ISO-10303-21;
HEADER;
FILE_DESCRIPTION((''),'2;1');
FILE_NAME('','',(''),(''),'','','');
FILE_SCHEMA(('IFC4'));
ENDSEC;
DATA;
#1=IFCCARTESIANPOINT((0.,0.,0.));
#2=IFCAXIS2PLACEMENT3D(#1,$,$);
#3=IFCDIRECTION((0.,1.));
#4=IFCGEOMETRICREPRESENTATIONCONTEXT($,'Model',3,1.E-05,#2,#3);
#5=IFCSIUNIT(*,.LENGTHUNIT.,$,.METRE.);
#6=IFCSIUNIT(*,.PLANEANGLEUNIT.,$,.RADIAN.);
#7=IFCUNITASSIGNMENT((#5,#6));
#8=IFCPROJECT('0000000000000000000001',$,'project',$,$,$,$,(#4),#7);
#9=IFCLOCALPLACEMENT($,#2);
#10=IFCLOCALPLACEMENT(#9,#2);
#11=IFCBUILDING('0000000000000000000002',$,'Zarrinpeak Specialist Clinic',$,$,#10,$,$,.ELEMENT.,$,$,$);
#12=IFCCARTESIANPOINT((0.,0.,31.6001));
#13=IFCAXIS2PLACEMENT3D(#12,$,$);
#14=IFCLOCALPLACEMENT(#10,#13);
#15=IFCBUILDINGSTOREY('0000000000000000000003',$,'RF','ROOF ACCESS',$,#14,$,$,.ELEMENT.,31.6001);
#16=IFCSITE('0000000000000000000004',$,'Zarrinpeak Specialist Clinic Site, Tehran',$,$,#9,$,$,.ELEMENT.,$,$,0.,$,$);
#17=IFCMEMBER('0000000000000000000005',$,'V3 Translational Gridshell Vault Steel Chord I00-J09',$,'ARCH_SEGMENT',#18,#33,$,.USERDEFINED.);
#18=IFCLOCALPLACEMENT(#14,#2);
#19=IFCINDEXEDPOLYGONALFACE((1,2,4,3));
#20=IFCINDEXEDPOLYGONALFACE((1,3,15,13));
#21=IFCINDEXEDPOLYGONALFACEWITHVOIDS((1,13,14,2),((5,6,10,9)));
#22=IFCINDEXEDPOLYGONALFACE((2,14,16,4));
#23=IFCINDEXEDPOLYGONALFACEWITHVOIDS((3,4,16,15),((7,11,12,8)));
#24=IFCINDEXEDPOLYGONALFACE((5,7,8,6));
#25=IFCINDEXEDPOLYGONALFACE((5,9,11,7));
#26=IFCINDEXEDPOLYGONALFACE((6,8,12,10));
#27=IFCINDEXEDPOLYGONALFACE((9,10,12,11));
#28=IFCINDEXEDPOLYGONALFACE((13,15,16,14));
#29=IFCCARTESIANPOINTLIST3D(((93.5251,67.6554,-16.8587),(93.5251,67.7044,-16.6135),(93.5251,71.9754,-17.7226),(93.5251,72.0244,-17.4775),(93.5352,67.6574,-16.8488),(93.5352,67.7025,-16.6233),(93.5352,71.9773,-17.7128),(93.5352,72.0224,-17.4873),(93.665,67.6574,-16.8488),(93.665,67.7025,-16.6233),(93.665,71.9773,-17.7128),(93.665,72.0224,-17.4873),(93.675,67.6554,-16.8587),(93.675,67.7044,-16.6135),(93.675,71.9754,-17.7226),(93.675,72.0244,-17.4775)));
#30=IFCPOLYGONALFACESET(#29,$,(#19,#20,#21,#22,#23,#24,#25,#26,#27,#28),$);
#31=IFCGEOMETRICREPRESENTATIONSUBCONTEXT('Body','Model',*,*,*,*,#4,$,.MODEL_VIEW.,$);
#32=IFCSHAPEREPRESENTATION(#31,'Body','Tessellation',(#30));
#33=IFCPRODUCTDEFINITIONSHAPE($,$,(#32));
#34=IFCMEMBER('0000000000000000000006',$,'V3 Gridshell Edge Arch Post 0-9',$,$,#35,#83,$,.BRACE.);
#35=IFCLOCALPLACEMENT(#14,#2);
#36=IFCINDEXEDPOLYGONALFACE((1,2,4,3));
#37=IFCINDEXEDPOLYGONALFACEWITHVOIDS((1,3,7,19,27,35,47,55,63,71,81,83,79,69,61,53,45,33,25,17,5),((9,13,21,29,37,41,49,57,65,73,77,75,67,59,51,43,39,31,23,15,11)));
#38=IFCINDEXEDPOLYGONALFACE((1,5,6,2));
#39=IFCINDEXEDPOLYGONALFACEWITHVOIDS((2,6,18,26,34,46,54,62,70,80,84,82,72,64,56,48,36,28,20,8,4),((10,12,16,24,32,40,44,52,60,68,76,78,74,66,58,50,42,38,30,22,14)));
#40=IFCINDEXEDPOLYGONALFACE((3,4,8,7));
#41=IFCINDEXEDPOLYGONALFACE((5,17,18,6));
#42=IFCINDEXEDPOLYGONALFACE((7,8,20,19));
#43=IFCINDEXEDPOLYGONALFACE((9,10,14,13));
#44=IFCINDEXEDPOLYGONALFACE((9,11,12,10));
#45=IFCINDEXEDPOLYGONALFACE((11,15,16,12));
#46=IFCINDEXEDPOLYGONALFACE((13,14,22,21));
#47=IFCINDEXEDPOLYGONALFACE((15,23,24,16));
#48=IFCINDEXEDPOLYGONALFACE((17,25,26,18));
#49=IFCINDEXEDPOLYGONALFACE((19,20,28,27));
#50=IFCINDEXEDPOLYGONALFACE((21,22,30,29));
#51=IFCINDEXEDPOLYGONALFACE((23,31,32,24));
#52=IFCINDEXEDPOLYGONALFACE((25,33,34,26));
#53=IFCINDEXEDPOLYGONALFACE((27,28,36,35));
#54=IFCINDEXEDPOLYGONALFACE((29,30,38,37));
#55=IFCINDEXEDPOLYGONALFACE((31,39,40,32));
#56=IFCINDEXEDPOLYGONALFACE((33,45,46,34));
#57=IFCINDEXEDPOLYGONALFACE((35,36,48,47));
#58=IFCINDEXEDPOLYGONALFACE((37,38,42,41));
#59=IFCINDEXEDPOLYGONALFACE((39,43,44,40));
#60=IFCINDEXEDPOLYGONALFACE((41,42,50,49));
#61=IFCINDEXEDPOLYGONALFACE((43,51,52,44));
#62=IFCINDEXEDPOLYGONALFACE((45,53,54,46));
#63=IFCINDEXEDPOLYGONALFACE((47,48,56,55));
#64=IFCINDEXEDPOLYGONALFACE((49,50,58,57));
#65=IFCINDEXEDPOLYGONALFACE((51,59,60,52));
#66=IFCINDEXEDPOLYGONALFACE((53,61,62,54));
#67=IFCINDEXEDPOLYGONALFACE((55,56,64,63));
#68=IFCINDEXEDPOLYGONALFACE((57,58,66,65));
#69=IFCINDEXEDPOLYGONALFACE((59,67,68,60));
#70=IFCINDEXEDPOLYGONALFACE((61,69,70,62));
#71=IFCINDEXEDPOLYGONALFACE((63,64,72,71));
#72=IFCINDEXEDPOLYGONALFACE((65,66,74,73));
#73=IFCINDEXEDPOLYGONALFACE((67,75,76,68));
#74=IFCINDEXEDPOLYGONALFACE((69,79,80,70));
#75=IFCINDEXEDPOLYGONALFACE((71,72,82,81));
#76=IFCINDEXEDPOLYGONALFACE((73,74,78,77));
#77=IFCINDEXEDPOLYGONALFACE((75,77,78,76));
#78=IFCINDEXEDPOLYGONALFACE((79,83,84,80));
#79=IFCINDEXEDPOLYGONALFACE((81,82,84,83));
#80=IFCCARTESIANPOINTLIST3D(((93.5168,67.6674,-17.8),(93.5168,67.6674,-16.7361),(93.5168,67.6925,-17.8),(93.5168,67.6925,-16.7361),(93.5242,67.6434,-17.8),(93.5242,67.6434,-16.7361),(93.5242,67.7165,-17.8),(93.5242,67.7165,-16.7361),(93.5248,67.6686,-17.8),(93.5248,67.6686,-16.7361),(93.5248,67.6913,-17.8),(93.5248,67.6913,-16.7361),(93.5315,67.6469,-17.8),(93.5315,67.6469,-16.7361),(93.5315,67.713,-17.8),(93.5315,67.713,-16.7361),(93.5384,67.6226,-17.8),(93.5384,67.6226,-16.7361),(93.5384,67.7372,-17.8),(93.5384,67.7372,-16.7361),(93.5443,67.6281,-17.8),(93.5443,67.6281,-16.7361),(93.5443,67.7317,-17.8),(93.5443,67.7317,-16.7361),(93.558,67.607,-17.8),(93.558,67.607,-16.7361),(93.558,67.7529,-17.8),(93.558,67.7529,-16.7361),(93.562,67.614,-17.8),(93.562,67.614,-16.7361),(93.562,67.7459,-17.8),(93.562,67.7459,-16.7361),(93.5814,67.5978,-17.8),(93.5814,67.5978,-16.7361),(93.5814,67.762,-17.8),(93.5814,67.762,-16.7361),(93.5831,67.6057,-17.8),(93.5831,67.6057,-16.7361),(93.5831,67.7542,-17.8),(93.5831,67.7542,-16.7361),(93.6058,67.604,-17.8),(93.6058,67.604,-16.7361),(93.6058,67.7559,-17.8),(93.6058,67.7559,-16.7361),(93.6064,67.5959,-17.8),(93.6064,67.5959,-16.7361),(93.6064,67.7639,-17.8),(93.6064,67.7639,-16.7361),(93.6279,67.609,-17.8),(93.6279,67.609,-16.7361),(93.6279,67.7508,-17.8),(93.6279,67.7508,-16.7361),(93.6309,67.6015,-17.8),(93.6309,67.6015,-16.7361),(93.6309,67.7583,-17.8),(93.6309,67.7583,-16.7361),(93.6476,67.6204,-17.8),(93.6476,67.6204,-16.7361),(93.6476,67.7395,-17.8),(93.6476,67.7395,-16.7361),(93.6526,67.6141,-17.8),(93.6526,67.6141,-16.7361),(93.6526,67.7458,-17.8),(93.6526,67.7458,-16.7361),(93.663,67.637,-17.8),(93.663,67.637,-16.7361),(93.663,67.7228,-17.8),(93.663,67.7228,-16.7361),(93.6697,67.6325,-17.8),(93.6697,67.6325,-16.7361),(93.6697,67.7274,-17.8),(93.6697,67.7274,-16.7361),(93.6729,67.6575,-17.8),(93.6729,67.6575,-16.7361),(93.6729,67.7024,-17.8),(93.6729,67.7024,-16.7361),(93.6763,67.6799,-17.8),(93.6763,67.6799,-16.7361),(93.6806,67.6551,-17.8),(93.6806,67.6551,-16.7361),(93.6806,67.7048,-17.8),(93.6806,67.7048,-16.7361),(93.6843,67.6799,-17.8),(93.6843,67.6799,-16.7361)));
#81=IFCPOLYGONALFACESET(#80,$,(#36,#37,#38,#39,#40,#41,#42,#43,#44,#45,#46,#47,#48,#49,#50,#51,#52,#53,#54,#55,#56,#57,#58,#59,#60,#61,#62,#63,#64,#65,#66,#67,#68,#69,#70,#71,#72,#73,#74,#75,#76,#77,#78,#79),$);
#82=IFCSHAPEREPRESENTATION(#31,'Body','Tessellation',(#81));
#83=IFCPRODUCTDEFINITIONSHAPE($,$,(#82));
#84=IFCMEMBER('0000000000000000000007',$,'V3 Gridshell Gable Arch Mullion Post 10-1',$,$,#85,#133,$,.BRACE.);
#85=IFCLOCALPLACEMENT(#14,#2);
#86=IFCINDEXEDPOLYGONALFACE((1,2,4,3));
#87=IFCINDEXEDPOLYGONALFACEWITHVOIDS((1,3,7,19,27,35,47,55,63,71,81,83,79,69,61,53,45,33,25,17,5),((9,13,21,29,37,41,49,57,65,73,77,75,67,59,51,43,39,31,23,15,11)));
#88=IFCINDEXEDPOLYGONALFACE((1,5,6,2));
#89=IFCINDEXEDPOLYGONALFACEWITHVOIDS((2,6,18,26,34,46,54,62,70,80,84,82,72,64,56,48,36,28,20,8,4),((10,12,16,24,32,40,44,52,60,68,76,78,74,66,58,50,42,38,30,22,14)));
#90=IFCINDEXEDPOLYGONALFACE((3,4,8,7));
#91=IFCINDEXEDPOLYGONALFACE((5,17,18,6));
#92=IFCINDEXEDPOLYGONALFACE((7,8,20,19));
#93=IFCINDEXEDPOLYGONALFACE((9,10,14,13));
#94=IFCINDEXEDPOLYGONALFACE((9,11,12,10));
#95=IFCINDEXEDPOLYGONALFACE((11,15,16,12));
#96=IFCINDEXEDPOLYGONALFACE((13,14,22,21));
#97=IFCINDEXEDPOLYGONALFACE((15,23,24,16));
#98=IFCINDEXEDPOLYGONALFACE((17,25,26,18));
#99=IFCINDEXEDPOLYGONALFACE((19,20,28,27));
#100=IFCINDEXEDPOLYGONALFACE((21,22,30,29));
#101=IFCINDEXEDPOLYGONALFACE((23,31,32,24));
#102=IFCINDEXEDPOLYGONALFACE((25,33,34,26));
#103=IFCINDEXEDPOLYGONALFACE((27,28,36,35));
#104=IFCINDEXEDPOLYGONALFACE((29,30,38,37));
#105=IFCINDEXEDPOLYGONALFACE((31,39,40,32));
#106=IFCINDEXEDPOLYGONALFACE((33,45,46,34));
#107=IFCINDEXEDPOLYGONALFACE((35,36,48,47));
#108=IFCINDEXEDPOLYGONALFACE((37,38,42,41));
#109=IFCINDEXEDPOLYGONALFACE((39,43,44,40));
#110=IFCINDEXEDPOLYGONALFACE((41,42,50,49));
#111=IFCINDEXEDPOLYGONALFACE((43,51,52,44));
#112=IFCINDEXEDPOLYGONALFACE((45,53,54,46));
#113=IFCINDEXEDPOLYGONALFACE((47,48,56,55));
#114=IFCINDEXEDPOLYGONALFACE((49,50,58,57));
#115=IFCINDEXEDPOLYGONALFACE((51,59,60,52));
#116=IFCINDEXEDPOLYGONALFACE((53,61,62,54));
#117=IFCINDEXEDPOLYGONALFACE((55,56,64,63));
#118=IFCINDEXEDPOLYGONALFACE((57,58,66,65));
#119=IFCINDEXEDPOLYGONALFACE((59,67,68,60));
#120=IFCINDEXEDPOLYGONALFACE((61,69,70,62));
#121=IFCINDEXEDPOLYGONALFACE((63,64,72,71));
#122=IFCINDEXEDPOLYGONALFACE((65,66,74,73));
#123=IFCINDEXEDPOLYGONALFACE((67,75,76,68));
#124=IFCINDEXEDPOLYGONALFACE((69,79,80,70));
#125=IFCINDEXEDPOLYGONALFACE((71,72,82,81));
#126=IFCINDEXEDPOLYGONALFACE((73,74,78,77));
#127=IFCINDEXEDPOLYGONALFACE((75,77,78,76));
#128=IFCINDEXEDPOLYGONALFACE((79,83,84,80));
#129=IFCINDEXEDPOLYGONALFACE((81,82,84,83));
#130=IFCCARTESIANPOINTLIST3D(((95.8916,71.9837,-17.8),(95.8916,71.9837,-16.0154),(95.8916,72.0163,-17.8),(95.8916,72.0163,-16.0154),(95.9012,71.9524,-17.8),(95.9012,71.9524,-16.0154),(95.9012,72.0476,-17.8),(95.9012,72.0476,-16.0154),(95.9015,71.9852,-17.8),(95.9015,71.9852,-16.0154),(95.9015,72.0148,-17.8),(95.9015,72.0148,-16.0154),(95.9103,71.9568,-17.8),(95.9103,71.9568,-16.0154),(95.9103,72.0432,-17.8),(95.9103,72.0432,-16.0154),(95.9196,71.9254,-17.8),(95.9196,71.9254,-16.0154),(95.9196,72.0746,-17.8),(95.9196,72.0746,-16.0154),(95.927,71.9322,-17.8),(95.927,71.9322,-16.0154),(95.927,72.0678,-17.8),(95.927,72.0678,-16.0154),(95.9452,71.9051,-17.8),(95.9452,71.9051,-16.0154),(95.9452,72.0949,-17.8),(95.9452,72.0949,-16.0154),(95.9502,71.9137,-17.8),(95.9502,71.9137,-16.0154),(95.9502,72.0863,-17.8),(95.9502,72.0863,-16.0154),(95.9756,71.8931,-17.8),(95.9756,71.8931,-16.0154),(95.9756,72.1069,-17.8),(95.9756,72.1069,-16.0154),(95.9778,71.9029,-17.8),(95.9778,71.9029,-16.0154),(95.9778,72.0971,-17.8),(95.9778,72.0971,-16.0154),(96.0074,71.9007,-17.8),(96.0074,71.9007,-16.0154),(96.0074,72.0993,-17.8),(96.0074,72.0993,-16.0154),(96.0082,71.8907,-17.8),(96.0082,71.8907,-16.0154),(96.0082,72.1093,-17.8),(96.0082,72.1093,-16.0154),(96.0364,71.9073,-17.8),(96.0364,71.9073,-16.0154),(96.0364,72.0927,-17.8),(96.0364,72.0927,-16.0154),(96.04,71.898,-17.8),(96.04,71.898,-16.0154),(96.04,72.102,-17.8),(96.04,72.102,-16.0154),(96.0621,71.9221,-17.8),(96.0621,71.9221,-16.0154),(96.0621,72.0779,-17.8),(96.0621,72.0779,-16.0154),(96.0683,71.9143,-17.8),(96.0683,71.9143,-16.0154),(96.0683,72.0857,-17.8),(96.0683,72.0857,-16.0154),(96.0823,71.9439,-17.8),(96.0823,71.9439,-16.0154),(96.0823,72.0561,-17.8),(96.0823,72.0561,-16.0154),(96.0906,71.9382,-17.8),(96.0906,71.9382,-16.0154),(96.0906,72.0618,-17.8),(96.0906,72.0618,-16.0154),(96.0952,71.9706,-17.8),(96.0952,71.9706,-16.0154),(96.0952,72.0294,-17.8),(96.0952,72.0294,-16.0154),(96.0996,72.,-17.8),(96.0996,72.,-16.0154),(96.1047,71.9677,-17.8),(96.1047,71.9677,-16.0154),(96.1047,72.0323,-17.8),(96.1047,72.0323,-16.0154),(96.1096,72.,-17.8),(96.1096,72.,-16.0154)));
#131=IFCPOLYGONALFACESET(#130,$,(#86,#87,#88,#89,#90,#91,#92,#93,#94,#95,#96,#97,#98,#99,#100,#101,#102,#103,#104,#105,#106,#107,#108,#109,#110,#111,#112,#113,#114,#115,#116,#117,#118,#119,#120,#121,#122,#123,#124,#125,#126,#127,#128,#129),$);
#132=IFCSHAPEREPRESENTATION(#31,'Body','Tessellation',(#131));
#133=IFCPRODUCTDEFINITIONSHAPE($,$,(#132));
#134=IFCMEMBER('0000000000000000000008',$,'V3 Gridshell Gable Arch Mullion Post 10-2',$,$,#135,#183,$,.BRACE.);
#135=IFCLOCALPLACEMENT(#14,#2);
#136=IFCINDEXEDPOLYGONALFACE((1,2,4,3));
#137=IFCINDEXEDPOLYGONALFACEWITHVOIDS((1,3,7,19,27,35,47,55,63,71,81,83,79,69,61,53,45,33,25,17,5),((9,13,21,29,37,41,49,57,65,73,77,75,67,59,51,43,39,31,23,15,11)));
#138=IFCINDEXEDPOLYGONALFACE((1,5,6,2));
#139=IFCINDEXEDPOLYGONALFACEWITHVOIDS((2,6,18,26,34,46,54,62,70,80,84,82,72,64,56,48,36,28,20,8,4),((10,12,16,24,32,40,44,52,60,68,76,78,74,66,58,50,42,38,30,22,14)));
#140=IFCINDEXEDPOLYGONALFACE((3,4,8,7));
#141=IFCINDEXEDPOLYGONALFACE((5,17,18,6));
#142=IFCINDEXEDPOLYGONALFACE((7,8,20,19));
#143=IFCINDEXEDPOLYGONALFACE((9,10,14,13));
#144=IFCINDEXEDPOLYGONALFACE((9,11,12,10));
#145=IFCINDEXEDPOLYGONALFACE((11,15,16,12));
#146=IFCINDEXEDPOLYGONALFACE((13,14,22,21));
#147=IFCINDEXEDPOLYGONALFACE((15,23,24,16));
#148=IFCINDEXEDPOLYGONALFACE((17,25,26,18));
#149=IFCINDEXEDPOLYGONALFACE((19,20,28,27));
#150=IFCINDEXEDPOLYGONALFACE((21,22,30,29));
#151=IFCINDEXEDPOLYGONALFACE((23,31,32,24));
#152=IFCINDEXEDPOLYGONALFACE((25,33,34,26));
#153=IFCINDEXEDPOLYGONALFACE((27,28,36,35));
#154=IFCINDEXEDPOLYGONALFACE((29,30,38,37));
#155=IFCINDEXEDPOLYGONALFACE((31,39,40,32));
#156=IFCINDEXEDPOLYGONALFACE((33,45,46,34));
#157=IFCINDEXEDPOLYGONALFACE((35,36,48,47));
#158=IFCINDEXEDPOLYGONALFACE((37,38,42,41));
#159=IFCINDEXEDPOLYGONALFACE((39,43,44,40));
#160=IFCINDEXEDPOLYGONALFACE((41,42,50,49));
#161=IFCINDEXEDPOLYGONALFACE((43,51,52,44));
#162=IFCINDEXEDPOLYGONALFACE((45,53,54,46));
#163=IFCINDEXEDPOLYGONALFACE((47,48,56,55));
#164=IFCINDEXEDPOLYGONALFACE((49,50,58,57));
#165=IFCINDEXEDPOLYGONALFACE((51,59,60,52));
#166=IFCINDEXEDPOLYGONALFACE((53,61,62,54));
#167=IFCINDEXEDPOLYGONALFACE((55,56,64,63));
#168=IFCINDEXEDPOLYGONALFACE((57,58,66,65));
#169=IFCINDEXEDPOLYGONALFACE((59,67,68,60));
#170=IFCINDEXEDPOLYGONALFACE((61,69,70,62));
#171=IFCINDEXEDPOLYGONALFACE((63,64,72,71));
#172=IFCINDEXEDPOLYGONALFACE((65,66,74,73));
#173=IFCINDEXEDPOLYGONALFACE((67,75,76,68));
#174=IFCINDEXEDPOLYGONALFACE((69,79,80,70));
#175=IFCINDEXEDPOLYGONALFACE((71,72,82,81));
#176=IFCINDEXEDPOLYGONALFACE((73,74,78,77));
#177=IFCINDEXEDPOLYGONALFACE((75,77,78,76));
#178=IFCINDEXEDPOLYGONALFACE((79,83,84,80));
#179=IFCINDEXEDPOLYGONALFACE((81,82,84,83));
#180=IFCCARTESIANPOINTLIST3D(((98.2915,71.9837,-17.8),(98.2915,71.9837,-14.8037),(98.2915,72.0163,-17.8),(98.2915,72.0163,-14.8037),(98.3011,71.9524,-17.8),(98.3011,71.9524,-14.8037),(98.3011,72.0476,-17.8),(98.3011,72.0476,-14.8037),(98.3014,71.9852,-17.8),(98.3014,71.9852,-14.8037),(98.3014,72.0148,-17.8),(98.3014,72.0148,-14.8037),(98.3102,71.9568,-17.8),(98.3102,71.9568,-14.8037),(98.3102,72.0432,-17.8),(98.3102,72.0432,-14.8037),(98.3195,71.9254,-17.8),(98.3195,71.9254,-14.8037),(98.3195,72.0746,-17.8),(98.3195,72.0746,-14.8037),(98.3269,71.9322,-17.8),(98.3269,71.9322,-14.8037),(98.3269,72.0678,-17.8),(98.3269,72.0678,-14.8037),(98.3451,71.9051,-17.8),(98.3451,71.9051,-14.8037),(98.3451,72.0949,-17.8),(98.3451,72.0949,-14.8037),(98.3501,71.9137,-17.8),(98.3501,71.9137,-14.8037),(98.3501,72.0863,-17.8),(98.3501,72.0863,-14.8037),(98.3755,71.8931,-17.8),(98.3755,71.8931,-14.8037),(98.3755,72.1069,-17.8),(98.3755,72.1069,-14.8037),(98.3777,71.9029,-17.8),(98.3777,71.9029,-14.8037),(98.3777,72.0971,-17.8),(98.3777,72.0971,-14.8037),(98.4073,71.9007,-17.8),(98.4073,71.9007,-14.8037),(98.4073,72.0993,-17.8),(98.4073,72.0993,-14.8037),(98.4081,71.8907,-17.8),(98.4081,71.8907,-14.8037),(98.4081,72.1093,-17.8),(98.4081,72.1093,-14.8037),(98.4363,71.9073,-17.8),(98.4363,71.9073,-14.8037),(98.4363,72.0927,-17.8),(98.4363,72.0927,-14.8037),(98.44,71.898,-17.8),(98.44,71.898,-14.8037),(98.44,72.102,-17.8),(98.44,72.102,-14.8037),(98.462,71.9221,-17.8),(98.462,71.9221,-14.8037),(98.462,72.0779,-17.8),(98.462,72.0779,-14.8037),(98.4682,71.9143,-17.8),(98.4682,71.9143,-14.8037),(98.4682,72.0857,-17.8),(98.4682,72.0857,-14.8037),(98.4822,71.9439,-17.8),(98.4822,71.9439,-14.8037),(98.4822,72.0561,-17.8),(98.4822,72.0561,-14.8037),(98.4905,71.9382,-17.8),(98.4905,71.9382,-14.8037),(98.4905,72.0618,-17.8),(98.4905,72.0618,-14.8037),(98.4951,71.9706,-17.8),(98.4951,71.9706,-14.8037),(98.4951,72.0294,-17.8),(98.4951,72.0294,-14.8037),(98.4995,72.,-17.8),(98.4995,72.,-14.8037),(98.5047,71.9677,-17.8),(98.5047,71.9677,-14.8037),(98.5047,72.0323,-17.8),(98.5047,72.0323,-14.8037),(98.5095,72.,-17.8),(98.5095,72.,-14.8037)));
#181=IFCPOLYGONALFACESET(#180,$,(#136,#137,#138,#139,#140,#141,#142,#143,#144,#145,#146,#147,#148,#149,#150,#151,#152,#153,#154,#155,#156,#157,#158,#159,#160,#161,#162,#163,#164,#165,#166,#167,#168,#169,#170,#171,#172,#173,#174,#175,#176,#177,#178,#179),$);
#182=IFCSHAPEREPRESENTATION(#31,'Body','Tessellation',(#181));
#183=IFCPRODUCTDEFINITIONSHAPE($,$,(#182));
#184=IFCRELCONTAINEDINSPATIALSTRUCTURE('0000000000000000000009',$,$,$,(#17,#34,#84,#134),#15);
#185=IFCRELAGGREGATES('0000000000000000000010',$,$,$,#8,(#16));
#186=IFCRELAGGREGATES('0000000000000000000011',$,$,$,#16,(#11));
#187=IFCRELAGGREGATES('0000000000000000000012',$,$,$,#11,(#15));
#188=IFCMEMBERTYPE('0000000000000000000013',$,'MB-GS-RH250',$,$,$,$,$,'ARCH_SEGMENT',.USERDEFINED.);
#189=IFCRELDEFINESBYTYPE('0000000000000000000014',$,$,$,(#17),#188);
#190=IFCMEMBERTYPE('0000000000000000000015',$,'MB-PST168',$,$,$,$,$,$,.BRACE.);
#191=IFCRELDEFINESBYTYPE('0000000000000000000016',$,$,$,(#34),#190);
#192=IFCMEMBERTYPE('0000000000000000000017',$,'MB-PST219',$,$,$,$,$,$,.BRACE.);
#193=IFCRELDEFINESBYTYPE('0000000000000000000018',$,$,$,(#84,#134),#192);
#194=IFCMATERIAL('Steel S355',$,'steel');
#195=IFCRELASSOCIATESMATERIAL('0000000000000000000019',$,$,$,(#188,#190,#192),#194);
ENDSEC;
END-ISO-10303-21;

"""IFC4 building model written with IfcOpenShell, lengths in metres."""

from ifc_helpers import new_model, si_unit, direction, frame, origin, origin_2d, place, context, subcontext, project, spatial, hollow_rectangle, hollow_circle, extrude, material, material_profile, profile_set, type_object, element, save


model = new_model("IFC4")

# Units and contexts
model_context = context("Model", 3, precision=1e-05, world=origin(), true_north=direction((0.0, 1.0)))
body_context = subcontext(model_context, "Body", "Model", "MODEL_VIEW")
ifc_project = project(units=[si_unit("LENGTHUNIT", "METRE"), si_unit("PLANEANGLEUNIT", "RADIAN")], contexts=[model_context])

# Site, building, storey
site_placement = place(None, origin())
site = spatial("IfcSite", under=ifc_project, at=site_placement, Name="Zarrinpeak Specialist Clinic Site, Tehran", CompositionType="ELEMENT", RefElevation=0.0)
building_placement = place(site_placement, origin())
building = spatial("IfcBuilding", under=site, at=building_placement, Name="Zarrinpeak Specialist Clinic", CompositionType="ELEMENT")
storey_placement = place(building_placement, frame((0.0, 0.0, 31.6001)))
storey = spatial("IfcBuildingStorey", under=building, at=storey_placement, Name="RF", Description="ROOF ACCESS", CompositionType="ELEMENT", Elevation=31.6001)

# Members
ifc_material_1 = material(Name="Steel S355", Category="steel")
ifc_material_profile_1 = material_profile(ifc_material_1, hollow_rectangle(XDim=0.1499, YDim=0.25, WallThickness=0.01, at=origin_2d()), Name="RHS 250x150x10.0")
ifc_profile_set_1 = profile_set([ifc_material_profile_1], Name="Steel S355")
member_type_1 = type_object("IfcMemberType", Name="MB-GS-RH250", ElementType="ARCH_SEGMENT", PredefinedType="USERDEFINED", material=ifc_profile_set_1)
member_1_placement = place(storey_placement, frame((93.6001, 67.6799, -16.7361), z_axis=(0.0, 0.980581, -0.196116), x_axis=(-1.0, 0.0, 0.0)))
element("IfcMember", 1, at=member_1_placement, inside=storey, type_object=member_type_1, Name="V3 Translational Gridshell Vault Steel Chord I00-J09", ObjectType="ARCH_SEGMENT", PredefinedType="USERDEFINED", context=body_context, shape_type="SweptSolid", body=[
    extrude(hollow_rectangle(XDim=0.1499, YDim=0.25, WallThickness=0.01, at=origin_2d()), origin(), (0.0, 0.0, 1.0), 4.4055),
])
ifc_material_profile_2 = material_profile(ifc_material_1, hollow_circle(Radius=0.0842, WallThickness=0.0081, at=origin_2d()), Name="CHS 168.3x8.0")
ifc_profile_set_2 = profile_set([ifc_material_profile_2], Name="Steel S355")
member_type_2 = type_object("IfcMemberType", Name="MB-PST168", PredefinedType="BRACE", material=ifc_profile_set_2)
member_2_placement = place(storey_placement, frame((93.6001, 67.6799, -17.8), z_axis=(0.0, 0.0, 1.0), x_axis=(1.0, 0.0, 0.0)))
element("IfcMember", 2, at=member_2_placement, inside=storey, type_object=member_type_2, Name="V3 Gridshell Edge Arch Post 0-9", PredefinedType="BRACE", context=body_context, shape_type="SweptSolid", body=[
    extrude(hollow_circle(Radius=0.0842, WallThickness=0.0081, at=origin_2d()), origin(), (0.0, 0.0, 1.0), 1.064),
])
ifc_material_profile_3 = material_profile(ifc_material_1, hollow_circle(Radius=0.1096, WallThickness=0.01, at=origin_2d()), Name="CHS 219.1x10.0")
ifc_profile_set_3 = profile_set([ifc_material_profile_3], Name="Steel S355")
member_type_3 = type_object("IfcMemberType", Name="MB-PST219", PredefinedType="BRACE", material=ifc_profile_set_3)
member_3_placement = place(storey_placement, frame((96.0, 72.0, -17.8), z_axis=(0.0, 0.0, 1.0), x_axis=(1.0, 0.0, 0.0)))
element("IfcMember", 3, at=member_3_placement, inside=storey, type_object=member_type_3, Name="V3 Gridshell Gable Arch Mullion Post 10-1", PredefinedType="BRACE", context=body_context, shape_type="SweptSolid", body=[
    extrude(hollow_circle(Radius=0.1096, WallThickness=0.01, at=origin_2d()), origin(), (0.0, 0.0, 1.0), 1.7847),
])
member_4_placement = place(storey_placement, frame((98.3999, 72.0, -17.8), z_axis=(0.0, 0.0, 1.0), x_axis=(1.0, 0.0, 0.0)))
element("IfcMember", 4, at=member_4_placement, inside=storey, type_object=member_type_3, Name="V3 Gridshell Gable Arch Mullion Post 10-2", PredefinedType="BRACE", context=body_context, shape_type="SweptSolid", body=[
    extrude(hollow_circle(Radius=0.1096, WallThickness=0.01, at=origin_2d()), origin(), (0.0, 0.0, 1.0), 2.9963),
])

save(model, "model.ifc")
